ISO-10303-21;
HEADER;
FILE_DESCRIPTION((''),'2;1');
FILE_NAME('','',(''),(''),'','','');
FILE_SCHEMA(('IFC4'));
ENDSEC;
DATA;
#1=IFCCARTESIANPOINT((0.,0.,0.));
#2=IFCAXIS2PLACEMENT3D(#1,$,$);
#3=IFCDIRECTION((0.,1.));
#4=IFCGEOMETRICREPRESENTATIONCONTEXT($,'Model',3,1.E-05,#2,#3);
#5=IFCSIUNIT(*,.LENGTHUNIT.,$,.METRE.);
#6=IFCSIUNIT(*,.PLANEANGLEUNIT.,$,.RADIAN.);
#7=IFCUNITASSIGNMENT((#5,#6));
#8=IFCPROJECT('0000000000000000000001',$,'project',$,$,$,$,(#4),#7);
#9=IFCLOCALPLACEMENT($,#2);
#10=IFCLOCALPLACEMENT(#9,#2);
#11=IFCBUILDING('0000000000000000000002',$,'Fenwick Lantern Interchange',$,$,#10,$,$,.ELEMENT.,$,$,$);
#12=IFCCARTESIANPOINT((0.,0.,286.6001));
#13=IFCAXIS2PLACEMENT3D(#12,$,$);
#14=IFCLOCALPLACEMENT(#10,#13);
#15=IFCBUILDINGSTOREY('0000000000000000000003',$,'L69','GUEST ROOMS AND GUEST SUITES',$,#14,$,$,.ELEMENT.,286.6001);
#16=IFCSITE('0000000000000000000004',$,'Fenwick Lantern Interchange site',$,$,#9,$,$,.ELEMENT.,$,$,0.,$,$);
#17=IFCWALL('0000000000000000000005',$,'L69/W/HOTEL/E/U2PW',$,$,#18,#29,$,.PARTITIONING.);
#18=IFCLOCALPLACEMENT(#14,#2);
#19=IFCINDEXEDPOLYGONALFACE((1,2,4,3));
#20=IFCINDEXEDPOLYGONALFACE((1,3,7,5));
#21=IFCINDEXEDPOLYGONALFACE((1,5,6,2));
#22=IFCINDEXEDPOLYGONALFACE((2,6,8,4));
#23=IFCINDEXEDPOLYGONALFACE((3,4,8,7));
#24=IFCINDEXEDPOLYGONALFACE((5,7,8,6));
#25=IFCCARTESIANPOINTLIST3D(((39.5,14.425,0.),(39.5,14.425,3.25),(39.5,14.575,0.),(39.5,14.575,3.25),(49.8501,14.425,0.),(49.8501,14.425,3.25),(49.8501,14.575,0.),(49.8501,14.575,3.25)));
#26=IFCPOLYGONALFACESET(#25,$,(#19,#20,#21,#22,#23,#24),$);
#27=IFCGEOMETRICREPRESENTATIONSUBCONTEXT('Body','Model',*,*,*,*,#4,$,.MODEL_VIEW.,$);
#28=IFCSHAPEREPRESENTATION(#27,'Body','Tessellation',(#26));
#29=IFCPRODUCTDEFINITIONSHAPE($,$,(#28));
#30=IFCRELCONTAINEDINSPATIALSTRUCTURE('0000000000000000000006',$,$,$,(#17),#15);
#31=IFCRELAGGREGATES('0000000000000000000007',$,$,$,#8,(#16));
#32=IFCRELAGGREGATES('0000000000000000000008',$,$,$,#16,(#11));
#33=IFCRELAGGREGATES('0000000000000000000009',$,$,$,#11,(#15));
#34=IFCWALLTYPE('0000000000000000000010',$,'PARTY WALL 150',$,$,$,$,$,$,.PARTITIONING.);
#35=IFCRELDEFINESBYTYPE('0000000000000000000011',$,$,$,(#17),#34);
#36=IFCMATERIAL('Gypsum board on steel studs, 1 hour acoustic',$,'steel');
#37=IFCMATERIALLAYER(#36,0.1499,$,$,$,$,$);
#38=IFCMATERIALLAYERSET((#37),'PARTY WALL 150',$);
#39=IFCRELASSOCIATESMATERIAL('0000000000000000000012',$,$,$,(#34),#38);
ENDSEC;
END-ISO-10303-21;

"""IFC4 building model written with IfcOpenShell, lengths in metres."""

from ifc_helpers import new_model, si_unit, direction, frame, frame_2d, origin, place, context, subcontext, project, spatial, rectangle, extrude, material, layer, layer_set, type_object, element, save


model = new_model("IFC4")

# Units and contexts
model_context = context("Model", 3, precision=1e-05, world=origin(), true_north=direction((0.0, 1.0)))
body_context = subcontext(model_context, "Body", "Model", "MODEL_VIEW")
ifc_project = project(units=[si_unit("LENGTHUNIT", "METRE"), si_unit("PLANEANGLEUNIT", "RADIAN")], contexts=[model_context])

# Site, building, storey
site_placement = place(None, origin())
site = spatial("IfcSite", under=ifc_project, at=site_placement, Name="Fenwick Lantern Interchange site", CompositionType="ELEMENT", RefElevation=0.0)
building_placement = place(site_placement, origin())
building = spatial("IfcBuilding", under=site, at=building_placement, Name="Fenwick Lantern Interchange", CompositionType="ELEMENT")
storey_placement = place(building_placement, frame((0.0, 0.0, 286.6001)))
storey = spatial("IfcBuildingStorey", under=building, at=storey_placement, Name="L69", Description="GUEST ROOMS AND GUEST SUITES", CompositionType="ELEMENT", Elevation=286.6001)

# Wall
ifc_material_1 = material(Name="Gypsum board on steel studs, 1 hour acoustic", Category="steel")
ifc_layer_1 = layer(ifc_material_1, 0.1499)
ifc_layer_set_1 = layer_set([ifc_layer_1], Name="PARTY WALL 150")
wall_type_1 = type_object("IfcWallType", Name="PARTY WALL 150", PredefinedType="PARTITIONING", material=ifc_layer_set_1)
wall_1_placement = place(storey_placement, frame((49.8501, 14.5, 0.0), z_axis=(0.0, 0.0, 1.0), x_axis=(-1.0, 0.0, 0.0)))
element("IfcWall", 1, at=wall_1_placement, inside=storey, type_object=wall_type_1, Name="L69/W/HOTEL/E/U2PW", PredefinedType="PARTITIONING", context=body_context, shape_type="SweptSolid", body=[
    extrude(rectangle(XDim=10.3501, YDim=0.1499, at=frame_2d((5.175, 0.0))), origin(), (0.0, 0.0, 1.0), 3.25),
])

save(model, "model.ifc")
